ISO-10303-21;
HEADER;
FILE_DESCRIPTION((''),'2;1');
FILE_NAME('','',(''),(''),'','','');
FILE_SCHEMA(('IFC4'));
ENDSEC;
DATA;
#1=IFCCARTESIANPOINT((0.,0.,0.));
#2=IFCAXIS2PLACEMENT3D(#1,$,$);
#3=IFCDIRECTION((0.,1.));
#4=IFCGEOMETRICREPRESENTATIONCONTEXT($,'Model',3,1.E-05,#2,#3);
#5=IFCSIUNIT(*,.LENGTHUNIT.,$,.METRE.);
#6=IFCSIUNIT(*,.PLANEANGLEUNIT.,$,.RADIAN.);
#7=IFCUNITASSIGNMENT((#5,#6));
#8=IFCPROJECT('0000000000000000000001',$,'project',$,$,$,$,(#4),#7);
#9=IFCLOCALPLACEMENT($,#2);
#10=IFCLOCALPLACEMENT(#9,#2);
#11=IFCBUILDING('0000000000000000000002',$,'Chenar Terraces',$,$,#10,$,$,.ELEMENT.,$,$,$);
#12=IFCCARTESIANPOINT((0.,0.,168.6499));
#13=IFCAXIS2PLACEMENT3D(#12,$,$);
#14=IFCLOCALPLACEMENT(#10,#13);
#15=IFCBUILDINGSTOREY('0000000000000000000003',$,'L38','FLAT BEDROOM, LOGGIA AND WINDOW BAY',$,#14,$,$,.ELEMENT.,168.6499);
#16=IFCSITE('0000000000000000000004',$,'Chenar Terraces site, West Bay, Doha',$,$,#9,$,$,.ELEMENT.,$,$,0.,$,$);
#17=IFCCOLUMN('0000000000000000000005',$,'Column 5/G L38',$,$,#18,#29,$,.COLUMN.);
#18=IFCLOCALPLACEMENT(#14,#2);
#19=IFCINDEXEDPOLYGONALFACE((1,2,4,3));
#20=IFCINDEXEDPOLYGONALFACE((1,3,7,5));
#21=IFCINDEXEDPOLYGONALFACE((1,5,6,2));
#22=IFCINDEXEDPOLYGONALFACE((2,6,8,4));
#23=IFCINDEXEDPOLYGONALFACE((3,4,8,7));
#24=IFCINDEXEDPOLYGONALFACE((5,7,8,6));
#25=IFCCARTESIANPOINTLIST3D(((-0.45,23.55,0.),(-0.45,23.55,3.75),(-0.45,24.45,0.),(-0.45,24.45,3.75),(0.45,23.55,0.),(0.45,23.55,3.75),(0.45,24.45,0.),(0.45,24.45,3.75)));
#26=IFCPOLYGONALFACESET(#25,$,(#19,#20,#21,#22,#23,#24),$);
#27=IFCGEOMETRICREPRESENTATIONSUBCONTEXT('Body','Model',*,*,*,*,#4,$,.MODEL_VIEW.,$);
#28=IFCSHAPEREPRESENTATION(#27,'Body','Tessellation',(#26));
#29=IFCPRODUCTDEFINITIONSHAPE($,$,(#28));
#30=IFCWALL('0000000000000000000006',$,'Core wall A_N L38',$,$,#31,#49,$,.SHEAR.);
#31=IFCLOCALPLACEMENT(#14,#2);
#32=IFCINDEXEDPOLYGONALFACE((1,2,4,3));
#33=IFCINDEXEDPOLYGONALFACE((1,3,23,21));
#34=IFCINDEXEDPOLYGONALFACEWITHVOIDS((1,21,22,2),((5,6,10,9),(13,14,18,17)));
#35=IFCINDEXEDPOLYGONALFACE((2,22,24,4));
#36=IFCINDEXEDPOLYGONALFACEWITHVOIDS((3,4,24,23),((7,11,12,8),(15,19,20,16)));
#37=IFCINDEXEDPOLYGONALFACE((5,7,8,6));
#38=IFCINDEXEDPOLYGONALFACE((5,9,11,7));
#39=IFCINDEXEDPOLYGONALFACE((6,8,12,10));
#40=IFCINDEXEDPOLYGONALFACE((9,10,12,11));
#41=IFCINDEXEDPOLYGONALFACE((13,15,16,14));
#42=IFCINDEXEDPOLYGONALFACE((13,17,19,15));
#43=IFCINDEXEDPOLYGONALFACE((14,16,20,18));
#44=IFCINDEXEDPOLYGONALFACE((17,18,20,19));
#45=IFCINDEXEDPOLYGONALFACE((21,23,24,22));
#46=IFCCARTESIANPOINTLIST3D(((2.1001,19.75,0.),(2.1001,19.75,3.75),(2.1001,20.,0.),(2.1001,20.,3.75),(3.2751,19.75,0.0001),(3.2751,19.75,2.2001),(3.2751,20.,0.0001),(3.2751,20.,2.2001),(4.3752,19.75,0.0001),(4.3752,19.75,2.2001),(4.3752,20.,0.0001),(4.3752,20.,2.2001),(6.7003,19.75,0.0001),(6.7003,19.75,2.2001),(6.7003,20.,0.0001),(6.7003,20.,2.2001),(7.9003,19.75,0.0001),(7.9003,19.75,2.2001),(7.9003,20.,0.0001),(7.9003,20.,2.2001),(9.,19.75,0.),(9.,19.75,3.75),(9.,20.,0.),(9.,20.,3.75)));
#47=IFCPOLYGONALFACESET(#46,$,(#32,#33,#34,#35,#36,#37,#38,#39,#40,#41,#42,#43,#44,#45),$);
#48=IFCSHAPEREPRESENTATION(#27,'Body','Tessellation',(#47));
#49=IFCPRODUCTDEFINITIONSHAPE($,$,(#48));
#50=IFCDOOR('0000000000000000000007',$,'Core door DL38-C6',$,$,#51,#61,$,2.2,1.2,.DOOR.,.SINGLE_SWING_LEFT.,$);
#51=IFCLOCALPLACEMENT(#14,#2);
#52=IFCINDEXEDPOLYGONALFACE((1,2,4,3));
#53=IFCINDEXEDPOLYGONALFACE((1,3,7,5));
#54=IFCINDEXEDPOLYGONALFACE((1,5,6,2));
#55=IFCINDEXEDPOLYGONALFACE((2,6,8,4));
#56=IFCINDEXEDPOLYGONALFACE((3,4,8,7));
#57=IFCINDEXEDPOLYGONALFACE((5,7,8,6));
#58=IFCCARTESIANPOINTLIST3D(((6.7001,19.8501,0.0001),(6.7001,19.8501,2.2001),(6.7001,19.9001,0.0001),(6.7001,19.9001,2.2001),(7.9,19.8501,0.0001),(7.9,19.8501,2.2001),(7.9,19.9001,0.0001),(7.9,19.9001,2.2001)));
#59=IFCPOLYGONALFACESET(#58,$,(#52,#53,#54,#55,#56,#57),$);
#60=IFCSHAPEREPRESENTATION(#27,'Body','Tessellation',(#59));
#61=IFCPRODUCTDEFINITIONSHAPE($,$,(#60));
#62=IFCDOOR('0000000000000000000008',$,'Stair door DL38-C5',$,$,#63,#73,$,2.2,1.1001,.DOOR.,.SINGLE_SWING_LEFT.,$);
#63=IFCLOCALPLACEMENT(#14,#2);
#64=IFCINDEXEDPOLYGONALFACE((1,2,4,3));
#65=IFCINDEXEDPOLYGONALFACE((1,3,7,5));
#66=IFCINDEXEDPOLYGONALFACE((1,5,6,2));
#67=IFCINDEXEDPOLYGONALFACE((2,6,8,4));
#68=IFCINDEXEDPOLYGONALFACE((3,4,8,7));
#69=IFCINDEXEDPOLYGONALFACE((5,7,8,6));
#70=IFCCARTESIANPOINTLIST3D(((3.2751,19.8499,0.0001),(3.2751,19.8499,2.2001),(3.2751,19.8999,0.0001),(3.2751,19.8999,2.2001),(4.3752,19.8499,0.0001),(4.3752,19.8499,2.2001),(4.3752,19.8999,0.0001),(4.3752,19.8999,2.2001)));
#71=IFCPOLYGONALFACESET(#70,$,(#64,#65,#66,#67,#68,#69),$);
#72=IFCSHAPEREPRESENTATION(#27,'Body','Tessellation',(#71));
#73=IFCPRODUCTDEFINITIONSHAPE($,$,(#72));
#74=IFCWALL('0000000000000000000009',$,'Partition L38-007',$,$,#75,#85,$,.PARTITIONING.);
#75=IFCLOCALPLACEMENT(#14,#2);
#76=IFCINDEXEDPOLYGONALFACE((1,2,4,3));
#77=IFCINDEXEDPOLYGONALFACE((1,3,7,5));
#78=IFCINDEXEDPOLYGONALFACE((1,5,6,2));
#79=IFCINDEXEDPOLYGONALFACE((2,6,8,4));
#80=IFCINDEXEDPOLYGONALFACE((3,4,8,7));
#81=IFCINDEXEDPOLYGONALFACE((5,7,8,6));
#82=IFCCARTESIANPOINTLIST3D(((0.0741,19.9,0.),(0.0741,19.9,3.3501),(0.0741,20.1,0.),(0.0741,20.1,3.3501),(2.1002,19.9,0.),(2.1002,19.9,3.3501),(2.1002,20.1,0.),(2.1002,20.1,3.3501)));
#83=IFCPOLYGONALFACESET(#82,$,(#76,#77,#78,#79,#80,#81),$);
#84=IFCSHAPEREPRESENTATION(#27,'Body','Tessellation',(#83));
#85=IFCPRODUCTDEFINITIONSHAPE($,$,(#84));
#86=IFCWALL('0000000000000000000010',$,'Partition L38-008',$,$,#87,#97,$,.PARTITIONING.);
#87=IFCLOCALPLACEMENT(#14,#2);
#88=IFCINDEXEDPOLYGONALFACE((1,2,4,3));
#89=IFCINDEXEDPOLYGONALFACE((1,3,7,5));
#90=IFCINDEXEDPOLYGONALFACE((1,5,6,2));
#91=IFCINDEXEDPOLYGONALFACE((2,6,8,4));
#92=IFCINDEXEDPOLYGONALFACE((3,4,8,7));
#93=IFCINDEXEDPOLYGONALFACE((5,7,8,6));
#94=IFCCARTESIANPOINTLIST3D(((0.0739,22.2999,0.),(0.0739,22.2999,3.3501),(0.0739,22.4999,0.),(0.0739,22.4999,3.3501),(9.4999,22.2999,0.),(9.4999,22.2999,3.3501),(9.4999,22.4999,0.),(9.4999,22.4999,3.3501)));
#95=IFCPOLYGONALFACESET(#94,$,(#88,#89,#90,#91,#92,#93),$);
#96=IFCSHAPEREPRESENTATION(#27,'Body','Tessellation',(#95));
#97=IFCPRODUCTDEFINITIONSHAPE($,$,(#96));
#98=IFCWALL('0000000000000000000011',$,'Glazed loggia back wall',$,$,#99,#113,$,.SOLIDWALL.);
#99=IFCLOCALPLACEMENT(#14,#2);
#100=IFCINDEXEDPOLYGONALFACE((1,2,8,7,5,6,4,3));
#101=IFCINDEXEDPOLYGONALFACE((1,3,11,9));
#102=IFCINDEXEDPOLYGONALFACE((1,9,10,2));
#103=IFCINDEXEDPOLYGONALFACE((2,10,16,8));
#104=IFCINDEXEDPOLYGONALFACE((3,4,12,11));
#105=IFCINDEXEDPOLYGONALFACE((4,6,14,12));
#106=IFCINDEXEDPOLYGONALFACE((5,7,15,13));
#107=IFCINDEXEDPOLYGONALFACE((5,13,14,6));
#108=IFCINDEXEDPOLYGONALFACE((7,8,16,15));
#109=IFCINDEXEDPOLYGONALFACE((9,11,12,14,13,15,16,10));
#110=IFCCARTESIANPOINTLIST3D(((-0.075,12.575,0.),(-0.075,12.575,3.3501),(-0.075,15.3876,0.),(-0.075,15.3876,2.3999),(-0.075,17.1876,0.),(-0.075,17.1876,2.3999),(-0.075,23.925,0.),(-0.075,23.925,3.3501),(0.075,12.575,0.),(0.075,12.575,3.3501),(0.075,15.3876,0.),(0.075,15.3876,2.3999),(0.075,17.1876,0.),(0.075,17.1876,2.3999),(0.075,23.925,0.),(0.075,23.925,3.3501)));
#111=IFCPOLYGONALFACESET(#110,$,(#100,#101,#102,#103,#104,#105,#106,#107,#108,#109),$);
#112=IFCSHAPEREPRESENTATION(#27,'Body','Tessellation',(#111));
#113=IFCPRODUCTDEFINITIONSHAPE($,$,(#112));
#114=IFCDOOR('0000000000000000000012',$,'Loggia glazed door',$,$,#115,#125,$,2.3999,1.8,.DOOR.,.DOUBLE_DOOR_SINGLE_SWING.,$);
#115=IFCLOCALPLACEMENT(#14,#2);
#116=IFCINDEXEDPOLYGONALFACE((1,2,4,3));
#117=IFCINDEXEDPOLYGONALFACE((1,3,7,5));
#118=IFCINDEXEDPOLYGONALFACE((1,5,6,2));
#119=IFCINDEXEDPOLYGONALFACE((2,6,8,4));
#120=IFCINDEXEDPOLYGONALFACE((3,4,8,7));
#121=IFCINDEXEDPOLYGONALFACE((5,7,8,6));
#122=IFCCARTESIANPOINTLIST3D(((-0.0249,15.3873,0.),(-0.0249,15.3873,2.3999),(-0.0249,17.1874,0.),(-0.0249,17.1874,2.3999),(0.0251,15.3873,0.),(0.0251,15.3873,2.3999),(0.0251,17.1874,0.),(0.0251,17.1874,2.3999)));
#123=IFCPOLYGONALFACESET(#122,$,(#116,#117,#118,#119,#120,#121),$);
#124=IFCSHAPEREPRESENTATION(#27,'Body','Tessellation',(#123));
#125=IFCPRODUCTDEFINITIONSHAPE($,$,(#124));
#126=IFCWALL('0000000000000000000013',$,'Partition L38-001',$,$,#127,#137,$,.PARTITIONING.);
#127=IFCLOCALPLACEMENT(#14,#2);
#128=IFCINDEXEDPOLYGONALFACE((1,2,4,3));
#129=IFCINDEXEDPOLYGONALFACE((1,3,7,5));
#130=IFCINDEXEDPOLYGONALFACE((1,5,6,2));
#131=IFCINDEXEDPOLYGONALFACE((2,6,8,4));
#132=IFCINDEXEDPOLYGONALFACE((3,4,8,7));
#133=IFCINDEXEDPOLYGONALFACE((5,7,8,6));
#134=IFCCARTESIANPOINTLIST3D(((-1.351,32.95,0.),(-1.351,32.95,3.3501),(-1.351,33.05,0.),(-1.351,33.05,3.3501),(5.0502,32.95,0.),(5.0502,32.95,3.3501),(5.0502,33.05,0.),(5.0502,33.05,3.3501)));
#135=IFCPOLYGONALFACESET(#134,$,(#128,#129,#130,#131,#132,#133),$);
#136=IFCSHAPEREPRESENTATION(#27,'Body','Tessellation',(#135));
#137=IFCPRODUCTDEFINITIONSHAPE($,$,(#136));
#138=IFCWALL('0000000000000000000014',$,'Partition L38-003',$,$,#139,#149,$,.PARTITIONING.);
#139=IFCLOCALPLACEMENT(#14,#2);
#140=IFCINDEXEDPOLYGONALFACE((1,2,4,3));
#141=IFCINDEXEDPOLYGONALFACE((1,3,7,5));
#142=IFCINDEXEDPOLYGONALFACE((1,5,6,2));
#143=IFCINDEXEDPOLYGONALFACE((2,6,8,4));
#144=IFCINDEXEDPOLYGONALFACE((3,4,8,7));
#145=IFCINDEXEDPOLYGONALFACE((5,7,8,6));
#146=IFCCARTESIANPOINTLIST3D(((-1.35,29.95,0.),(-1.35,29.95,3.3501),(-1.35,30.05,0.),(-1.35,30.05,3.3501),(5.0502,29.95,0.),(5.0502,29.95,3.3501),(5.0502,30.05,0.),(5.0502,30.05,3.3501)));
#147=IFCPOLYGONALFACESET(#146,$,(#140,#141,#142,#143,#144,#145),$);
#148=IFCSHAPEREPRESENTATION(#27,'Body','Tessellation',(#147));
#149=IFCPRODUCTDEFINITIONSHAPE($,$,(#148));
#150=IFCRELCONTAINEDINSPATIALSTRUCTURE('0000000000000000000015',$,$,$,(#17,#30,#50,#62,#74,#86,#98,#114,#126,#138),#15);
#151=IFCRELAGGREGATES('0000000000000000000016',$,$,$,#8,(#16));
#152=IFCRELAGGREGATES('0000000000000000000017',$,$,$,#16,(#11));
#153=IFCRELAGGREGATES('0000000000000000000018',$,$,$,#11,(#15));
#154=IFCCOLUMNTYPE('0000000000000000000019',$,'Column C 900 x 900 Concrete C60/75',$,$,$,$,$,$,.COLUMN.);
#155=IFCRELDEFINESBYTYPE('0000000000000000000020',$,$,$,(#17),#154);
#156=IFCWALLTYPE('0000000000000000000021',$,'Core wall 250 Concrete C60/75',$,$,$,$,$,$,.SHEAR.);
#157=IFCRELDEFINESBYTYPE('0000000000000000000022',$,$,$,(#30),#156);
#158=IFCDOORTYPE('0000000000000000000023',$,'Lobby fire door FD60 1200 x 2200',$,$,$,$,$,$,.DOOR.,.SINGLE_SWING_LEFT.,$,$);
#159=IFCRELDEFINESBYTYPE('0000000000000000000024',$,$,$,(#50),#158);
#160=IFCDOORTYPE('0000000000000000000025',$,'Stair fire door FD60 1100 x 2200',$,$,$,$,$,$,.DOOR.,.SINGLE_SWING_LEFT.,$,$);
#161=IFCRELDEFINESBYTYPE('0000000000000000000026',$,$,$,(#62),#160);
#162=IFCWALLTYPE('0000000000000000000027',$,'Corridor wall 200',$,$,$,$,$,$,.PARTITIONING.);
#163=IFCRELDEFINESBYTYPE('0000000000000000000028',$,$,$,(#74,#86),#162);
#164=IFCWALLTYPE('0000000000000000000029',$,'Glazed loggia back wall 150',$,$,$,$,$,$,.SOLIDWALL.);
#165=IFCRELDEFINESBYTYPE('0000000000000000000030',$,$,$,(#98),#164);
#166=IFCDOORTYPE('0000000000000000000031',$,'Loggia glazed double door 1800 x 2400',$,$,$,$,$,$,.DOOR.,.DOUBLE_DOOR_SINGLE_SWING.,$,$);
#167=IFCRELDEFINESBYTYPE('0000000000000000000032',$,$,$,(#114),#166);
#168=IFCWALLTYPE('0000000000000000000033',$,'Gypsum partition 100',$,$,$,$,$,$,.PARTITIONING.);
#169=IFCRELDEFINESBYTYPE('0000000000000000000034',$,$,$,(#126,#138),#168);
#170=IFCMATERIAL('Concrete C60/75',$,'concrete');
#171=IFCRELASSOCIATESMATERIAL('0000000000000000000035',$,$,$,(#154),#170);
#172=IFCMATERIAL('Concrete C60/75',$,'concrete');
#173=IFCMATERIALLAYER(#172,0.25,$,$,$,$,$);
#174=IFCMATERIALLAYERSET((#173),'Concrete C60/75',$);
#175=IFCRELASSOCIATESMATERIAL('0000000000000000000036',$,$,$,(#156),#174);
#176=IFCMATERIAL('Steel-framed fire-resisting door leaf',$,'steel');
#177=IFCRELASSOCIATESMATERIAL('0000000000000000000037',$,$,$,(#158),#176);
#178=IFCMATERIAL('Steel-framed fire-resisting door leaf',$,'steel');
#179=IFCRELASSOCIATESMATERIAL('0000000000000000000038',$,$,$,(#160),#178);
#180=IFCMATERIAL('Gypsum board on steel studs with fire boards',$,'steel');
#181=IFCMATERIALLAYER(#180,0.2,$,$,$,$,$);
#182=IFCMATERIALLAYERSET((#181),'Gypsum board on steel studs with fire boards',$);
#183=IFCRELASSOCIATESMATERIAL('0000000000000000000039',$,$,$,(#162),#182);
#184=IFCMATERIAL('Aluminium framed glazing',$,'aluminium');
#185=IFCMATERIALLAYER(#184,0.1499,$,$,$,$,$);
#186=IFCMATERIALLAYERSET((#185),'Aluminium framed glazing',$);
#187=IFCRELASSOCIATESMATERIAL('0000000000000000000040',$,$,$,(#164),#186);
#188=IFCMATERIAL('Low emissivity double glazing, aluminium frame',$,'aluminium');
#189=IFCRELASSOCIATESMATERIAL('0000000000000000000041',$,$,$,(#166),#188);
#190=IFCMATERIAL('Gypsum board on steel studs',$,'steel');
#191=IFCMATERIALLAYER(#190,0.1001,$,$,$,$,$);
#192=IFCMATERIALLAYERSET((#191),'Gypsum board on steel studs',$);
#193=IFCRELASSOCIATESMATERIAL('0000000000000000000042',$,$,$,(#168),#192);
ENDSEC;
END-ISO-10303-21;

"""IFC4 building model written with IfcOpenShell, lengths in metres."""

from ifc_helpers import new_model, si_unit, direction, frame, frame_2d, origin, origin_2d, place, context, subcontext, project, spatial, rectangle, extrude, material, layer, layer_set, material_profile, profile_set, type_object, element, fill, save


model = new_model("IFC4")

# Units and contexts
model_context = context("Model", 3, precision=1e-05, world=origin(), true_north=direction((0.0, 1.0)))
body_context = subcontext(model_context, "Body", "Model", "MODEL_VIEW")
ifc_project = project(units=[si_unit("LENGTHUNIT", "METRE"), si_unit("PLANEANGLEUNIT", "RADIAN")], contexts=[model_context])

# Site, building, storey
site_placement = place(None, origin())
site = spatial("IfcSite", under=ifc_project, at=site_placement, Name="Chenar Terraces site, West Bay, Doha", CompositionType="ELEMENT", RefElevation=0.0)
building_placement = place(site_placement, origin())
building = spatial("IfcBuilding", under=site, at=building_placement, Name="Chenar Terraces", CompositionType="ELEMENT")
storey_placement = place(building_placement, frame((0.0, 0.0, 168.6499)))
storey = spatial("IfcBuildingStorey", under=building, at=storey_placement, Name="L38", Description="FLAT BEDROOM, LOGGIA AND WINDOW BAY", CompositionType="ELEMENT", Elevation=168.6499)

# Column
ifc_material_1 = material(Name="Concrete C60/75", Category="concrete")
ifc_material_profile = material_profile(ifc_material_1, rectangle(XDim=0.8999, YDim=0.8999, at=origin_2d()), Name="C 900 x 900")
ifc_profile_set = profile_set([ifc_material_profile], Name="Concrete C60/75")
column_type = type_object("IfcColumnType", Name="Column C 900 x 900 Concrete C60/75", PredefinedType="COLUMN", material=ifc_profile_set)
column_placement = place(storey_placement, frame((0.0, 24.0, 0.0), z_axis=(0.0, 0.0, 1.0), x_axis=(1.0, 0.0, 0.0)))
element("IfcColumn", 1, at=column_placement, inside=storey, type_object=column_type, Name="Column 5/G L38", PredefinedType="COLUMN", context=body_context, shape_type="SweptSolid", body=[
    extrude(rectangle(XDim=0.8999, YDim=0.8999, at=origin_2d()), origin(), (0.0, 0.0, 1.0), 3.75),
])

# Wall, openings, doors
ifc_material_2 = material(Name="Concrete C60/75", Category="concrete")
ifc_layer_1 = layer(ifc_material_2, 0.25)
ifc_layer_set_1 = layer_set([ifc_layer_1], Name="Concrete C60/75")
wall_type_1 = type_object("IfcWallType", Name="Core wall 250 Concrete C60/75", PredefinedType="SHEAR", material=ifc_layer_set_1)
wall_1_placement = place(storey_placement, frame((2.1001, 19.875, 0.0), z_axis=(0.0, 0.0, 1.0), x_axis=(1.0, 0.0, 0.0)))
wall_1 = element("IfcWall", 2, at=wall_1_placement, inside=storey, type_object=wall_type_1, Name="Core wall A_N L38", PredefinedType="SHEAR", context=body_context, shape_type="SweptSolid", body=[
    extrude(rectangle(XDim=6.8999, YDim=0.25, at=frame_2d((3.45, 0.0))), origin(), (0.0, 0.0, 1.0), 3.75),
])
opening_1_placement = place(wall_1_placement, frame((1.175, 0.0, 0.0)))
opening_1 = element("IfcOpeningElement", 3, at=opening_1_placement, cuts=wall_1, PredefinedType="OPENING", context=body_context, shape_type="SweptSolid", body=[
    extrude(rectangle(XDim=1.1001, YDim=2.2, at=frame_2d((0.55, 1.1001))), frame((0.0, 0.135, 0.0), z_axis=(0.0, -1.0, 0.0), x_axis=(1.0, 0.0, 0.0)), (0.0, 0.0, 1.0), 0.27),
])
opening_2_placement = place(wall_1_placement, frame((4.6001, 0.0, 0.0)))
opening_2 = element("IfcOpeningElement", 4, at=opening_2_placement, cuts=wall_1, PredefinedType="OPENING", context=body_context, shape_type="SweptSolid", body=[
    extrude(rectangle(XDim=1.2, YDim=2.2, at=frame_2d((0.6001, 1.1001))), frame((0.0, 0.135, 0.0), z_axis=(0.0, -1.0, 0.0), x_axis=(1.0, 0.0, 0.0)), (0.0, 0.0, 1.0), 0.27),
])
ifc_material_3 = material(Name="Steel-framed fire-resisting door leaf", Category="steel")
door_type_1 = type_object("IfcDoorType", Name="Lobby fire door FD60 1200 x 2200", OperationType="SINGLE_SWING_LEFT", PredefinedType="DOOR", material=ifc_material_3)
door_1_placement = place(opening_2_placement, frame((1.2, 0.0, 0.0), z_axis=(0.0, 0.0, 1.0), x_axis=(-1.0, 0.0, 0.0)))
door_1 = element("IfcDoor", 5, at=door_1_placement, inside=storey, type_object=door_type_1, Name="Core door DL38-C6", OperationType="SINGLE_SWING_LEFT", OverallHeight=2.2, OverallWidth=1.2, PredefinedType="DOOR", context=body_context, shape_type="SweptSolid", body=[
    extrude(rectangle(XDim=1.2, YDim=2.2, at=frame_2d((0.6001, 1.1001))), frame((0.0, 0.0249, 0.0), z_axis=(0.0, -1.0, 0.0), x_axis=(1.0, 0.0, 0.0)), (0.0, 0.0, 1.0), 0.05),
])
fill(opening_2, door_1)
ifc_material_4 = material(Name="Steel-framed fire-resisting door leaf", Category="steel")
door_type_2 = type_object("IfcDoorType", Name="Stair fire door FD60 1100 x 2200", OperationType="SINGLE_SWING_LEFT", PredefinedType="DOOR", material=ifc_material_4)
door_2_placement = place(opening_1_placement, origin())
door_2 = element("IfcDoor", 6, at=door_2_placement, inside=storey, type_object=door_type_2, Name="Stair door DL38-C5", OperationType="SINGLE_SWING_LEFT", OverallHeight=2.2, OverallWidth=1.1001, PredefinedType="DOOR", context=body_context, shape_type="SweptSolid", body=[
    extrude(rectangle(XDim=1.1001, YDim=2.2, at=frame_2d((0.55, 1.1001))), frame((0.0, 0.0249, 0.0), z_axis=(0.0, -1.0, 0.0), x_axis=(1.0, 0.0, 0.0)), (0.0, 0.0, 1.0), 0.05),
])
fill(opening_1, door_2)

# Walls
ifc_material_5 = material(Name="Gypsum board on steel studs with fire boards", Category="steel")
ifc_layer_2 = layer(ifc_material_5, 0.2)
ifc_layer_set_2 = layer_set([ifc_layer_2], Name="Gypsum board on steel studs with fire boards")
wall_type_2 = type_object("IfcWallType", Name="Corridor wall 200", PredefinedType="PARTITIONING", material=ifc_layer_set_2)
wall_2_placement = place(storey_placement, frame((0.074, 20.0, 0.0), z_axis=(0.0, 0.0, 1.0), x_axis=(1.0, 0.0, 0.0)))
element("IfcWall", 7, at=wall_2_placement, inside=storey, type_object=wall_type_2, Name="Partition L38-007", PredefinedType="PARTITIONING", context=body_context, shape_type="SweptSolid", body=[
    extrude(rectangle(XDim=2.0261, YDim=0.2, at=frame_2d((1.0132, 0.0))), origin(), (0.0, 0.0, 1.0), 3.3501),
])
wall_3_placement = place(storey_placement, frame((0.074, 22.3999, 0.0), z_axis=(0.0, 0.0, 1.0), x_axis=(1.0, 0.0, 0.0)))
element("IfcWall", 8, at=wall_3_placement, inside=storey, type_object=wall_type_2, Name="Partition L38-008", PredefinedType="PARTITIONING", context=body_context, shape_type="SweptSolid", body=[
    extrude(rectangle(XDim=9.426, YDim=0.2, at=frame_2d((4.7129, 0.0))), origin(), (0.0, 0.0, 1.0), 3.3501),
])

# Wall, opening, door
ifc_material_6 = material(Name="Aluminium framed glazing", Category="aluminium")
ifc_layer_3 = layer(ifc_material_6, 0.1499)
ifc_layer_set_3 = layer_set([ifc_layer_3], Name="Aluminium framed glazing")
wall_type_3 = type_object("IfcWallType", Name="Glazed loggia back wall 150", PredefinedType="SOLIDWALL", material=ifc_layer_set_3)
wall_4_placement = place(storey_placement, frame((0.0, 23.925, 0.0), z_axis=(0.0, 0.0, 1.0), x_axis=(0.0, -1.0, 0.0)))
wall_4 = element("IfcWall", 9, at=wall_4_placement, inside=storey, type_object=wall_type_3, Name="Glazed loggia back wall", PredefinedType="SOLIDWALL", context=body_context, shape_type="SweptSolid", body=[
    extrude(rectangle(XDim=11.3501, YDim=0.1499, at=frame_2d((5.675, 0.0))), origin(), (0.0, 0.0, 1.0), 3.3501),
])
opening_3_placement = place(wall_4_placement, frame((6.7375, 0.0, 0.0)))
opening_3 = element("IfcOpeningElement", 10, at=opening_3_placement, cuts=wall_4, PredefinedType="OPENING", context=body_context, shape_type="SweptSolid", body=[
    extrude(rectangle(XDim=1.8, YDim=2.3999, at=frame_2d((0.8999, 1.2))), frame((0.0, 0.085, 0.0), z_axis=(0.0, -1.0, 0.0), x_axis=(1.0, 0.0, 0.0)), (0.0, 0.0, 1.0), 0.1699),
])
ifc_material_7 = material(Name="Low emissivity double glazing, aluminium frame", Category="aluminium")
door_type_3 = type_object("IfcDoorType", Name="Loggia glazed double door 1800 x 2400", OperationType="DOUBLE_DOOR_SINGLE_SWING", PredefinedType="DOOR", material=ifc_material_7)
door_3_placement = place(opening_3_placement, frame((1.8, 0.0, 0.0), z_axis=(0.0, 0.0, 1.0), x_axis=(-1.0, 0.0, 0.0)))
door_3 = element("IfcDoor", 11, at=door_3_placement, inside=storey, type_object=door_type_3, Name="Loggia glazed door", OperationType="DOUBLE_DOOR_SINGLE_SWING", OverallHeight=2.3999, OverallWidth=1.8, PredefinedType="DOOR", context=body_context, shape_type="SweptSolid", body=[
    extrude(rectangle(XDim=1.8, YDim=2.3999, at=frame_2d((0.8999, 1.2))), frame((0.0, 0.0249, 0.0), z_axis=(0.0, -1.0, 0.0), x_axis=(1.0, 0.0, 0.0)), (0.0, 0.0, 1.0), 0.05),
])
fill(opening_3, door_3)

# Walls
ifc_material_8 = material(Name="Gypsum board on steel studs", Category="steel")
ifc_layer_4 = layer(ifc_material_8, 0.1001)
ifc_layer_set_4 = layer_set([ifc_layer_4], Name="Gypsum board on steel studs")
wall_type_4 = type_object("IfcWallType", Name="Gypsum partition 100", PredefinedType="PARTITIONING", material=ifc_layer_set_4)
wall_5_placement = place(storey_placement, frame((-1.3511, 33.0, 0.0), z_axis=(0.0, 0.0, 1.0), x_axis=(1.0, 0.0, 0.0)))
element("IfcWall", 12, at=wall_5_placement, inside=storey, type_object=wall_type_4, Name="Partition L38-001", PredefinedType="PARTITIONING", context=body_context, shape_type="SweptSolid", body=[
    extrude(rectangle(XDim=6.4011, YDim=0.1001, at=frame_2d((3.2007, 0.0))), origin(), (0.0, 0.0, 1.0), 3.3501),
])
wall_6_placement = place(storey_placement, frame((-1.3501, 30.0, 0.0), z_axis=(0.0, 0.0, 1.0), x_axis=(1.0, 0.0, 0.0)))
element("IfcWall", 13, at=wall_6_placement, inside=storey, type_object=wall_type_4, Name="Partition L38-003", PredefinedType="PARTITIONING", context=body_context, shape_type="SweptSolid", body=[
    extrude(rectangle(XDim=6.4001, YDim=0.1001, at=frame_2d((3.2002, 0.0))), origin(), (0.0, 0.0, 1.0), 3.3501),
])

save(model, "model.ifc")
